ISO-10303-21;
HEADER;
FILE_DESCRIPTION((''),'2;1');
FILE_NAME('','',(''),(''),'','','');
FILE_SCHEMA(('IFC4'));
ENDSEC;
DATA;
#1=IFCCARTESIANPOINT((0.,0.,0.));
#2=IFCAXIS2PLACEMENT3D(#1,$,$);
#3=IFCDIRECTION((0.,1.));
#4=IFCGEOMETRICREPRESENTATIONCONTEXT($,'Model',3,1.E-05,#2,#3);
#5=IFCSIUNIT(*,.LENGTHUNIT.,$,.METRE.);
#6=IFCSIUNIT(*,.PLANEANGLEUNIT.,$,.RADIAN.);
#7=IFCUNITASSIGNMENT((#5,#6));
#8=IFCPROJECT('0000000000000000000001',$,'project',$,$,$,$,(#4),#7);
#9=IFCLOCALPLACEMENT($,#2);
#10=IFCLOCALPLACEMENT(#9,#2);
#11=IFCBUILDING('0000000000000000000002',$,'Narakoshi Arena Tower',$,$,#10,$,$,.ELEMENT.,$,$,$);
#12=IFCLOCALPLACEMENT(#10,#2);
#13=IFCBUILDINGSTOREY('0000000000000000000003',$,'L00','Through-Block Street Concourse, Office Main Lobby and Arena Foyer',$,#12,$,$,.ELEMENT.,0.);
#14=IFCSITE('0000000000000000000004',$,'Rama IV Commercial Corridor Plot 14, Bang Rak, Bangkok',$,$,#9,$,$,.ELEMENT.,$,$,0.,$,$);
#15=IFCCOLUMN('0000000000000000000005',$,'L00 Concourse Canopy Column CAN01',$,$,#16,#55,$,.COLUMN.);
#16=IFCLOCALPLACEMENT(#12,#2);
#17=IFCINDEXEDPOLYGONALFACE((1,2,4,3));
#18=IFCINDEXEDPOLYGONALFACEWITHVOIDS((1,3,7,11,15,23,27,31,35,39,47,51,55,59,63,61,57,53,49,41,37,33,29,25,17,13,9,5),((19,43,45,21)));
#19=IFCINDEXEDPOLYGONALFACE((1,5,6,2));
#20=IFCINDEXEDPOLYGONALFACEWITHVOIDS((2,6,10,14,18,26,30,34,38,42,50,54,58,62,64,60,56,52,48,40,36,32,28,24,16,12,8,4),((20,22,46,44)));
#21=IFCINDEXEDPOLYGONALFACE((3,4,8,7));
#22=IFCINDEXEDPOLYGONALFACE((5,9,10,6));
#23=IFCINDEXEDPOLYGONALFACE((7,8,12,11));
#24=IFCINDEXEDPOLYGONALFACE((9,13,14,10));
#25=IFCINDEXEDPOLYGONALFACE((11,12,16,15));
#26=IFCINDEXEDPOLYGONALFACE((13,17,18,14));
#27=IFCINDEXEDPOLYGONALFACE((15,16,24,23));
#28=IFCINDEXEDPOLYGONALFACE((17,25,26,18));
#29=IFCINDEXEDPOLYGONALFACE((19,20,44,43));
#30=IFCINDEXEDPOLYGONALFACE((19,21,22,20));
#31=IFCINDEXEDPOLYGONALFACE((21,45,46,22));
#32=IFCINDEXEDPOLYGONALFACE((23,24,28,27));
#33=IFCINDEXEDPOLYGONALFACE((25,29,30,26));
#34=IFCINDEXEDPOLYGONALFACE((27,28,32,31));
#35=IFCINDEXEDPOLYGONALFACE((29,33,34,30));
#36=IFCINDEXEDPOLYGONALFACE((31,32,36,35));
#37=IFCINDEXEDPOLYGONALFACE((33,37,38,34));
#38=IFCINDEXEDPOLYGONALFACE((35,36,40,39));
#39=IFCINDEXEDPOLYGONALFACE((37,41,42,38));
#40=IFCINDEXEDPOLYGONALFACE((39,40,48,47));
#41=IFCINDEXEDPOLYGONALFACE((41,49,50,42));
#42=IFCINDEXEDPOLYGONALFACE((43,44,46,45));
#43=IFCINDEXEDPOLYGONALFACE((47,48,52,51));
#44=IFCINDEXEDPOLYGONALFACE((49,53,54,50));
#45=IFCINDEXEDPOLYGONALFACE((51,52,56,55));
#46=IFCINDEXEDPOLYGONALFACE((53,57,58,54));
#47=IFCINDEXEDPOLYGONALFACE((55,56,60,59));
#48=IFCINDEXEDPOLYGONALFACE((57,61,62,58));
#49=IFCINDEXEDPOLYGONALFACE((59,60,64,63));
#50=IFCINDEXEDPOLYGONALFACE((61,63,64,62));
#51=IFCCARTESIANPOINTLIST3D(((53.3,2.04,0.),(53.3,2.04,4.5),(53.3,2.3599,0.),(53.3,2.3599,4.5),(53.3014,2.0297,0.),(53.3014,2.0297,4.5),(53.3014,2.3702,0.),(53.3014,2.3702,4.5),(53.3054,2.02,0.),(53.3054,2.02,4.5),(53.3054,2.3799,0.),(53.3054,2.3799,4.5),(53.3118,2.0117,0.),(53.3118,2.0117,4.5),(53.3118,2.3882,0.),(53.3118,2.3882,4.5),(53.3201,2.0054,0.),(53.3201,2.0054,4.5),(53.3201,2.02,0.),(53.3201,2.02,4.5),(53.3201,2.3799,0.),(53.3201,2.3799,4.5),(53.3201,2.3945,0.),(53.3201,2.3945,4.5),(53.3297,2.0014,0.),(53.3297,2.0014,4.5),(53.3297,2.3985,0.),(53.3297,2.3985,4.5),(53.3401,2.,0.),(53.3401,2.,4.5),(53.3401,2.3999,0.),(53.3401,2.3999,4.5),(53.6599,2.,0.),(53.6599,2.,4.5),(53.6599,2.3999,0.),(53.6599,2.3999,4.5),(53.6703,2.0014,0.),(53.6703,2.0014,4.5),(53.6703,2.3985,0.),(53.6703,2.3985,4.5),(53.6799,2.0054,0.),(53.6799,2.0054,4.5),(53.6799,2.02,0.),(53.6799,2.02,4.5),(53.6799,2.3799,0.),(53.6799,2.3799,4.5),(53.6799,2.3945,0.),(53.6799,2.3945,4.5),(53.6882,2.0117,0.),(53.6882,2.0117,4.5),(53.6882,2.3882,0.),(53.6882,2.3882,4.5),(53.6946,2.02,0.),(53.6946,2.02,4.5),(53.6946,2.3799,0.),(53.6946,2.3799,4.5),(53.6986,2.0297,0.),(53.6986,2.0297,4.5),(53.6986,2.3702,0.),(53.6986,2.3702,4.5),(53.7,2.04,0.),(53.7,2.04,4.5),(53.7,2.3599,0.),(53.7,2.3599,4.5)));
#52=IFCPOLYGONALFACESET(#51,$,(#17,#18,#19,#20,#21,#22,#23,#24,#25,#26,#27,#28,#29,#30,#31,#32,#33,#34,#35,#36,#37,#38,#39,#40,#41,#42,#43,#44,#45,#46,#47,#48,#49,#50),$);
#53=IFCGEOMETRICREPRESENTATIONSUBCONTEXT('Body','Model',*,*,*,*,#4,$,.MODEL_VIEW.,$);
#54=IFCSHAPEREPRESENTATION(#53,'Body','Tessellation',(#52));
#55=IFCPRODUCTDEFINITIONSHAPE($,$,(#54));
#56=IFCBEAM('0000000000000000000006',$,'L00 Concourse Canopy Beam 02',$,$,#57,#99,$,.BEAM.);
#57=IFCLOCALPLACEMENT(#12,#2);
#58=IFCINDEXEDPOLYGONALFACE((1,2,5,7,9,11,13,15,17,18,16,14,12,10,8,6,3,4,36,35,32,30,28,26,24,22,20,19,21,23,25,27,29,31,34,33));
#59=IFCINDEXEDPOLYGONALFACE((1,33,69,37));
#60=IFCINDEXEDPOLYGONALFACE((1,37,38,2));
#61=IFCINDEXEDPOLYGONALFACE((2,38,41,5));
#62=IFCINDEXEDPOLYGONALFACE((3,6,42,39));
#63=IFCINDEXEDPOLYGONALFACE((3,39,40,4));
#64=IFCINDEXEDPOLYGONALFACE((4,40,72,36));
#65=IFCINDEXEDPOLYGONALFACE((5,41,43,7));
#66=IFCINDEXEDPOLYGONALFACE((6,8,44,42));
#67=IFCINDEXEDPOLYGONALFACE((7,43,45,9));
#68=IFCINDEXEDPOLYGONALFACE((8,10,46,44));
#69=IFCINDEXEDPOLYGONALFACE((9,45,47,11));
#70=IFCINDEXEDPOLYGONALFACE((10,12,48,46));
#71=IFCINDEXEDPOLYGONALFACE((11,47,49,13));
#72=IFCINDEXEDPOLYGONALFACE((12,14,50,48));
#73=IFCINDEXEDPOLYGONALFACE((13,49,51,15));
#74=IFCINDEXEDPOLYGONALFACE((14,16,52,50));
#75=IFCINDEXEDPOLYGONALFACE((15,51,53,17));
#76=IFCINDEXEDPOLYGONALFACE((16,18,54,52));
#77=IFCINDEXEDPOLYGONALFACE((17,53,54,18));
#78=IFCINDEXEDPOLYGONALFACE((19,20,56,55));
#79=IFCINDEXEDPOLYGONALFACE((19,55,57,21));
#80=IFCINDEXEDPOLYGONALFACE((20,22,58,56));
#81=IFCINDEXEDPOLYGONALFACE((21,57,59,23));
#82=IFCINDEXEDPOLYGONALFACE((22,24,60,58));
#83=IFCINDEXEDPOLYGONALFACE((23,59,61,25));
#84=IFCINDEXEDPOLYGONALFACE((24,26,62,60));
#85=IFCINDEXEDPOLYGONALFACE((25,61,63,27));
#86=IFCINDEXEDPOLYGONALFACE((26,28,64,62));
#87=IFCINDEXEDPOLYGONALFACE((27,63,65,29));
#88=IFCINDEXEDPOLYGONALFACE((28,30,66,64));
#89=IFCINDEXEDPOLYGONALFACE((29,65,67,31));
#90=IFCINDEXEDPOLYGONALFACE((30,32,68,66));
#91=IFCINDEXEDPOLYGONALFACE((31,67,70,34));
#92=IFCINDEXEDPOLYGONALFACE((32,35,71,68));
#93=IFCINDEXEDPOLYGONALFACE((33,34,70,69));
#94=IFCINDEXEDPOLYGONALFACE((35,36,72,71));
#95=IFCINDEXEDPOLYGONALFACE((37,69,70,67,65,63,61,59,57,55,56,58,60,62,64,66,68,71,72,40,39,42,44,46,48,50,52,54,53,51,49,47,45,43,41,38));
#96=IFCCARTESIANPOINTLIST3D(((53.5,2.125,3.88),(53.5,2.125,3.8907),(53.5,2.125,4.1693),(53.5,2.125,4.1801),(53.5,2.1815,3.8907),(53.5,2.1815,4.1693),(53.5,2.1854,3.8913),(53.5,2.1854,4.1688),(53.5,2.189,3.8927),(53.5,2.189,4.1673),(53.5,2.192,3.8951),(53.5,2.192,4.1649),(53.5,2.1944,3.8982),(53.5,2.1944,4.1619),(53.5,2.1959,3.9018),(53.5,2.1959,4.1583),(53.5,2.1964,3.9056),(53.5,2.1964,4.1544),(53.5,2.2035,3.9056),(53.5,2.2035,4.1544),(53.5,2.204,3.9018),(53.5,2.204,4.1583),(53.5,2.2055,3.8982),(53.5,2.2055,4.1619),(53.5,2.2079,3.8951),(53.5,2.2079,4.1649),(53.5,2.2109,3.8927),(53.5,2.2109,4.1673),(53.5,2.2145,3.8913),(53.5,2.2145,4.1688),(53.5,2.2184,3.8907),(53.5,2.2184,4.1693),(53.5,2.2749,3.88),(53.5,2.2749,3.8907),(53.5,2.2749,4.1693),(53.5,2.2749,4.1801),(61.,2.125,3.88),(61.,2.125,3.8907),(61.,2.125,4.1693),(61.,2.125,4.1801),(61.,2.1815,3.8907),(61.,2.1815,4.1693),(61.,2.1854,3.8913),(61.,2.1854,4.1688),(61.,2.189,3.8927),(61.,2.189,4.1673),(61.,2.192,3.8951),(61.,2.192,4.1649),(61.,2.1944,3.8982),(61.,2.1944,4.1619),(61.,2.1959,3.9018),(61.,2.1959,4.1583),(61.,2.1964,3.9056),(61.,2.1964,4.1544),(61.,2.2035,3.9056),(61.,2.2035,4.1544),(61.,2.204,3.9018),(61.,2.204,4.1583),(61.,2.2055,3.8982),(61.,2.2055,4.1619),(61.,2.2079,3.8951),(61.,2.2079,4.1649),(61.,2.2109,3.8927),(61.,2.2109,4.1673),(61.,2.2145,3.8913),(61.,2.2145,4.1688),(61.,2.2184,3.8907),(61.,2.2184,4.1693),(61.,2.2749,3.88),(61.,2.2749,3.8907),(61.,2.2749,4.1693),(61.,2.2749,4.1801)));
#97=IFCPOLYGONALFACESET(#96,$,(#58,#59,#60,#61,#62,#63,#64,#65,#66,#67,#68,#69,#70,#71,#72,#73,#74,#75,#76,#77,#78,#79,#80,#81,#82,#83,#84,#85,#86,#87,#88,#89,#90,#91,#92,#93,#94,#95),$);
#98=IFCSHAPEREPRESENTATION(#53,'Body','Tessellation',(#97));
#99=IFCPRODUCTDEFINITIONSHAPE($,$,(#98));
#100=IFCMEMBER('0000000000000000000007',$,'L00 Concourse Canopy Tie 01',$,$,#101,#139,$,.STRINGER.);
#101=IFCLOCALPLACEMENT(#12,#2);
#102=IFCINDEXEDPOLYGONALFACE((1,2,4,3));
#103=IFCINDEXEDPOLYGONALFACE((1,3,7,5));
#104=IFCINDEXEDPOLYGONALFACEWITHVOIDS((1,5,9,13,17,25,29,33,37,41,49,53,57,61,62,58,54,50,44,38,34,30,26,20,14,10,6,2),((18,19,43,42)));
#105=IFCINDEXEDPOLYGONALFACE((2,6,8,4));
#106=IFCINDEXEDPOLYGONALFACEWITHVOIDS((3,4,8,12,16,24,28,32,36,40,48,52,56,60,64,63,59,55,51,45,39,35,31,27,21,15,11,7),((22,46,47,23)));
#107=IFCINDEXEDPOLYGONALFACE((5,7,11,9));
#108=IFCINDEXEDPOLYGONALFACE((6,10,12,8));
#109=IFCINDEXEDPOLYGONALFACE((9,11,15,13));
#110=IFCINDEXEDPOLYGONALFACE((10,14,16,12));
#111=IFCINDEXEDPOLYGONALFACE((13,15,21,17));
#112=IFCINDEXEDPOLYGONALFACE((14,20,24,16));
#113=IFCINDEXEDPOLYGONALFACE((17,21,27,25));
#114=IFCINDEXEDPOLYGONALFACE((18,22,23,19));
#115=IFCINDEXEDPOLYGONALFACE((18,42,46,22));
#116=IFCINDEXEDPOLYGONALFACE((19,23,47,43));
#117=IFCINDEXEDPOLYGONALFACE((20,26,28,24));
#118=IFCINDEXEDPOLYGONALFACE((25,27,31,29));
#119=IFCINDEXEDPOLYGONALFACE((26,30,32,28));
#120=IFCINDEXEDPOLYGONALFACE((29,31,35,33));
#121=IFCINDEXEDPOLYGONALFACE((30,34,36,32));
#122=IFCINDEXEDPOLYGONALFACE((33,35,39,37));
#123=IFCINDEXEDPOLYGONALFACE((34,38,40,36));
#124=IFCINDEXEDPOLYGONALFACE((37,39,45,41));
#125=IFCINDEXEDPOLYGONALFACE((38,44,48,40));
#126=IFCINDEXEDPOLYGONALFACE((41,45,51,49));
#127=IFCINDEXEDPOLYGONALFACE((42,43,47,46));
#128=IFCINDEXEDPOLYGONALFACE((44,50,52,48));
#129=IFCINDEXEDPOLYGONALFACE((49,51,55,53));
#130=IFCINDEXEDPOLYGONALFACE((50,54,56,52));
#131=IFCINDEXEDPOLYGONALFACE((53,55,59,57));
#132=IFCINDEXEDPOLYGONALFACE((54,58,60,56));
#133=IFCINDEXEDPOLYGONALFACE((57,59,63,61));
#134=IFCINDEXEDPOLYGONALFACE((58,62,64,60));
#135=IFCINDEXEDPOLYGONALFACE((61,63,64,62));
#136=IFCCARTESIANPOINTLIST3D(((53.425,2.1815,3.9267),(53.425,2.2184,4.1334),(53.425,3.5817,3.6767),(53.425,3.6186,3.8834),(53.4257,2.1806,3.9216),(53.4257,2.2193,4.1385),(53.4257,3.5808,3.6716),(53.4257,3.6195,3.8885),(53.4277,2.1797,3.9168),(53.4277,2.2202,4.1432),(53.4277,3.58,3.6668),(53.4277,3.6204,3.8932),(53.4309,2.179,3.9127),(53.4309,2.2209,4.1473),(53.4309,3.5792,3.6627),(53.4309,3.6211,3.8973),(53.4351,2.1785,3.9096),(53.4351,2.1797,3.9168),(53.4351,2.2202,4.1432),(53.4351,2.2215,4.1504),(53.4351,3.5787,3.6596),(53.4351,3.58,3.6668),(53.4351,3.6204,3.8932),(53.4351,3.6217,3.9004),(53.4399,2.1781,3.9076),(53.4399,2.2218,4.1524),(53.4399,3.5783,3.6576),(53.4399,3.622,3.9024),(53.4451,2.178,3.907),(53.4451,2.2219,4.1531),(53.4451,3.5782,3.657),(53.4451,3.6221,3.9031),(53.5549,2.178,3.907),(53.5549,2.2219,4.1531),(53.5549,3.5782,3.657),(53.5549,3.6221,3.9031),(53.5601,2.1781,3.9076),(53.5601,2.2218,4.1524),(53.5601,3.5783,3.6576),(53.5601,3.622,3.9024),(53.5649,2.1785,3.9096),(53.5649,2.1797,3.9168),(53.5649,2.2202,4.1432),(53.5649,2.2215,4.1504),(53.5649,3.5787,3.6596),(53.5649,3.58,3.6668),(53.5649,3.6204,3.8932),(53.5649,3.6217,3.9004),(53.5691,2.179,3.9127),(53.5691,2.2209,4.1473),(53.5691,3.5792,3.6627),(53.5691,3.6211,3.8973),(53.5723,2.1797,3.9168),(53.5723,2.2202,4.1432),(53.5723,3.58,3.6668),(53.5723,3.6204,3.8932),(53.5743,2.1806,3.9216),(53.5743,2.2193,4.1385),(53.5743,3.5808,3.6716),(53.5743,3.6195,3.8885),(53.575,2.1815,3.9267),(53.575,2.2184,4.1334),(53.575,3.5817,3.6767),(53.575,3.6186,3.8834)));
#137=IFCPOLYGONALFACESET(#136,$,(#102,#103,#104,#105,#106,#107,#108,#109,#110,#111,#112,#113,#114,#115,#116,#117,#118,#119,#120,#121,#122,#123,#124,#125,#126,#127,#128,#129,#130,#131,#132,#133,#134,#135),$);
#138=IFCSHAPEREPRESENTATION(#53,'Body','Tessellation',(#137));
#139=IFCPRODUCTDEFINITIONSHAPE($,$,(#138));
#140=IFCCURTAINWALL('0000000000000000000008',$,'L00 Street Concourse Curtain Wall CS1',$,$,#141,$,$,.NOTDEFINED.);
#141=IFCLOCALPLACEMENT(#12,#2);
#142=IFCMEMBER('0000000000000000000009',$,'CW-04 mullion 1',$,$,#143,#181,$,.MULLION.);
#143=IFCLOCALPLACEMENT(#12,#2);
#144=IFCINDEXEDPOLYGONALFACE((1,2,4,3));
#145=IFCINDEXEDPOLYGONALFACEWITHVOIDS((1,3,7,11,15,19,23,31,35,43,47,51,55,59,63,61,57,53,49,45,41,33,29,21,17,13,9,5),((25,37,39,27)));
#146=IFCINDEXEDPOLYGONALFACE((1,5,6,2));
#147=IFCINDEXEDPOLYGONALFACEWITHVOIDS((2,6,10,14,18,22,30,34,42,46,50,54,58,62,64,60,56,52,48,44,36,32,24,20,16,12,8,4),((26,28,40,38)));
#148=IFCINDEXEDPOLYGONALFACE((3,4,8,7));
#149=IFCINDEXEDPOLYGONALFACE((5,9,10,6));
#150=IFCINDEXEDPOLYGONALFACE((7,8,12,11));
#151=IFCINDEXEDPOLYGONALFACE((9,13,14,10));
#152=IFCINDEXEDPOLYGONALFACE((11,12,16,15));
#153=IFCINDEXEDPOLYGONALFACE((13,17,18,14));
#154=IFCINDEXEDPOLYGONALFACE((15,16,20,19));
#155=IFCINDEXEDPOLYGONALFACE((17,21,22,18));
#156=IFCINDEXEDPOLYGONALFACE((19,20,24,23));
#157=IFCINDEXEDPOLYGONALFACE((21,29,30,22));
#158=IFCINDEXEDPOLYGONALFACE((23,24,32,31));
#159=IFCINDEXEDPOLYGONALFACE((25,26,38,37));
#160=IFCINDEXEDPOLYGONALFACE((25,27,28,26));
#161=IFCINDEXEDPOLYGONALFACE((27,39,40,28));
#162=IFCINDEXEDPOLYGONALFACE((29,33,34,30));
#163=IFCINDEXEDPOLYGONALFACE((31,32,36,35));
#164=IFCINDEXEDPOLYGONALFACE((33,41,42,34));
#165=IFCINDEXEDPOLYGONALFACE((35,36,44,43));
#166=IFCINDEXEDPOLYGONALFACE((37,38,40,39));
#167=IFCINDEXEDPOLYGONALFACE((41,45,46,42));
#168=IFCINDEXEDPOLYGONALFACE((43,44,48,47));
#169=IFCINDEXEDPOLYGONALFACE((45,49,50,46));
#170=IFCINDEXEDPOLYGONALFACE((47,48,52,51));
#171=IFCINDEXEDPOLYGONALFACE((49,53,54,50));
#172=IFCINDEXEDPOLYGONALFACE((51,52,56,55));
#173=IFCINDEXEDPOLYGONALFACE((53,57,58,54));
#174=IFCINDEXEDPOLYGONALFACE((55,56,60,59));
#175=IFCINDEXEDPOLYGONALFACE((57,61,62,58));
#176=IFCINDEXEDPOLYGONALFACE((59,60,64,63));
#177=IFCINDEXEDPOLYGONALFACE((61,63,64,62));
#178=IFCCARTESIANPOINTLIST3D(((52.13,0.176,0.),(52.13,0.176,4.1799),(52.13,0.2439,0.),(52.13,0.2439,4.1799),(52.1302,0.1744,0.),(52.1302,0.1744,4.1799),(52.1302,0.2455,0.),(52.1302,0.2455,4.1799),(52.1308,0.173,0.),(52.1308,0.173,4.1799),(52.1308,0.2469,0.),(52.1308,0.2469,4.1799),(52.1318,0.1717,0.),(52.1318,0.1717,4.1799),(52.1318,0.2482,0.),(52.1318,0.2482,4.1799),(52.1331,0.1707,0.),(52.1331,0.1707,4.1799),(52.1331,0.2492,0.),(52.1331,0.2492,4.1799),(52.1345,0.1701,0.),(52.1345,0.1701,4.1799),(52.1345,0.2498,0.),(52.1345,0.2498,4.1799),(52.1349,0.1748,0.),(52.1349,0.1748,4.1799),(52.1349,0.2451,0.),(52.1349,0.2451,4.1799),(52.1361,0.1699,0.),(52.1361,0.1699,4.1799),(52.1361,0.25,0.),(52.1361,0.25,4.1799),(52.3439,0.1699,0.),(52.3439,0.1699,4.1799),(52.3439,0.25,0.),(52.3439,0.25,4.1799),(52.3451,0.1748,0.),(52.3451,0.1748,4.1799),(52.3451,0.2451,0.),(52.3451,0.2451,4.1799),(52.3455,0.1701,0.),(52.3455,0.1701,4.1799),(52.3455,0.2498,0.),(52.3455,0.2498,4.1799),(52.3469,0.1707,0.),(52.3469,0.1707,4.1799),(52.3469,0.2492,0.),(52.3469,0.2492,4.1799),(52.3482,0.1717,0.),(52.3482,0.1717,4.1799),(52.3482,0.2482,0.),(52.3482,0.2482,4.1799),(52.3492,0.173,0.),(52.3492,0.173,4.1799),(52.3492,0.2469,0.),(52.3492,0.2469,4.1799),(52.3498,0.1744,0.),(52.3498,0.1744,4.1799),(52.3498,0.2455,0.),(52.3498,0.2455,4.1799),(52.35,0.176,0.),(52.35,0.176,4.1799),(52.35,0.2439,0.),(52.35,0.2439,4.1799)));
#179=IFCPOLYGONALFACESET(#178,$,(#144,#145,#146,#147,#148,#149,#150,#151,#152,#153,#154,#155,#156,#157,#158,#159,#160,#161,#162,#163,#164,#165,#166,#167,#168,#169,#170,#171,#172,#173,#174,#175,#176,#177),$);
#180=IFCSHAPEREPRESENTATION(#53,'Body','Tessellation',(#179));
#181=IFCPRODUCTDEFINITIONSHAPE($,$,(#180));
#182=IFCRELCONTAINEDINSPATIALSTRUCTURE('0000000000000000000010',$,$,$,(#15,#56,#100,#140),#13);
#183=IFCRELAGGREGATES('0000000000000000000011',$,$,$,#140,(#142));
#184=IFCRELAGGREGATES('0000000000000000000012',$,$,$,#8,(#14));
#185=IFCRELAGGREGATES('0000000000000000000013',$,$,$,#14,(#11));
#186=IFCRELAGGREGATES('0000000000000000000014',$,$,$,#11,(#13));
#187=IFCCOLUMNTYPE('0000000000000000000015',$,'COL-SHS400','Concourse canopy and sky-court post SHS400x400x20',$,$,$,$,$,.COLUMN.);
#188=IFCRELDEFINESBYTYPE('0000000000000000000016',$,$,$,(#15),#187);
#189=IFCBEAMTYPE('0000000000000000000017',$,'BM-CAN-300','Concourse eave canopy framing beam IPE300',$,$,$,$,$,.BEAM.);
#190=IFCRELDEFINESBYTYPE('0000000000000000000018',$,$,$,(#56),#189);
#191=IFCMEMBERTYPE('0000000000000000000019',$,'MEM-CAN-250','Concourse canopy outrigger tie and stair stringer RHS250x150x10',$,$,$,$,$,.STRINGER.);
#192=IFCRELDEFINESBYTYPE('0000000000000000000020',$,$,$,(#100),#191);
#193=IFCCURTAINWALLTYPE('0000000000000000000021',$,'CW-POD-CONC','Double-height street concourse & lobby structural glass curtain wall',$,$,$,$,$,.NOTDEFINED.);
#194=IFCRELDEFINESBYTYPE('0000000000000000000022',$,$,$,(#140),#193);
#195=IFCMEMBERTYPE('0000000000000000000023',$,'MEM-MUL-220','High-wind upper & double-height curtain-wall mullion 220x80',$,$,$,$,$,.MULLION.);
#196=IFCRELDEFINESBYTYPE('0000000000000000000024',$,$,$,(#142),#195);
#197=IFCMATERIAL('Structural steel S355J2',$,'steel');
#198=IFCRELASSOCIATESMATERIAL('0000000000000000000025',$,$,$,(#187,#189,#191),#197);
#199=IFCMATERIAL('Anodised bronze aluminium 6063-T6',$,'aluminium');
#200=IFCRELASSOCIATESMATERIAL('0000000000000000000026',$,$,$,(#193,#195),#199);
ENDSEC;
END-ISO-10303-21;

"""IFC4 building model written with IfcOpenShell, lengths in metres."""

from ifc_helpers import new_model, si_unit, direction, frame, origin, origin_2d, place, context, subcontext, project, spatial, hollow_rectangle, i_section, extrude, material, material_profile, profile_set, type_object, element, aggregate, save


model = new_model("IFC4")

# Units and contexts
model_context = context("Model", 3, precision=1e-05, world=origin(), true_north=direction((0.0, 1.0)))
body_context = subcontext(model_context, "Body", "Model", "MODEL_VIEW")
ifc_project = project(units=[si_unit("LENGTHUNIT", "METRE"), si_unit("PLANEANGLEUNIT", "RADIAN")], contexts=[model_context])

# Site, building, storey
site_placement = place(None, origin())
site = spatial("IfcSite", under=ifc_project, at=site_placement, Name="Rama IV Commercial Corridor Plot 14, Bang Rak, Bangkok", CompositionType="ELEMENT", RefElevation=0.0)
building_placement = place(site_placement, origin())
building = spatial("IfcBuilding", under=site, at=building_placement, Name="Narakoshi Arena Tower", CompositionType="ELEMENT")
storey_placement = place(building_placement, origin())
storey = spatial("IfcBuildingStorey", under=building, at=storey_placement, Name="L00", Description="Through-Block Street Concourse, Office Main Lobby and Arena Foyer", CompositionType="ELEMENT", Elevation=0.0)

# Column
ifc_material_1 = material(Name="Structural steel S355J2", Category="steel")
ifc_material_profile_1 = material_profile(ifc_material_1, hollow_rectangle(XDim=0.3999, YDim=0.3999, WallThickness=0.02, OuterFilletRadius=0.04, at=origin_2d()), Name="SHS400x400x20")
ifc_profile_set_1 = profile_set([ifc_material_profile_1], Name="Structural steel S355J2")
column_type = type_object("IfcColumnType", Name="COL-SHS400", Description="Concourse canopy and sky-court post SHS400x400x20", PredefinedType="COLUMN", material=ifc_profile_set_1)
column_placement = place(storey_placement, frame((53.5, 2.2, 0.0), z_axis=(0.0, 0.0, 1.0), x_axis=(1.0, 0.0, 0.0)))
element("IfcColumn", 1, at=column_placement, inside=storey, type_object=column_type, Name="L00 Concourse Canopy Column CAN01", PredefinedType="COLUMN", context=body_context, shape_type="SweptSolid", body=[
    extrude(hollow_rectangle(XDim=0.3999, YDim=0.3999, WallThickness=0.02, OuterFilletRadius=0.04, at=origin_2d()), origin(), (0.0, 0.0, 1.0), 4.5),
])

# Beam
ifc_material_profile_2 = material_profile(ifc_material_1, i_section(OverallWidth=0.1499, OverallDepth=0.3, WebThickness=0.0071, FlangeThickness=0.0107, FilletRadius=0.0149, at=origin_2d()), Name="IPE300")
ifc_profile_set_2 = profile_set([ifc_material_profile_2], Name="Structural steel S355J2")
beam_type = type_object("IfcBeamType", Name="BM-CAN-300", Description="Concourse eave canopy framing beam IPE300", PredefinedType="BEAM", material=ifc_profile_set_2)
beam_placement = place(storey_placement, frame((53.5, 2.2, 4.03), z_axis=(1.0, 0.0, 0.0), x_axis=(0.0, 1.0, 0.0)))
element("IfcBeam", 2, at=beam_placement, inside=storey, type_object=beam_type, Name="L00 Concourse Canopy Beam 02", PredefinedType="BEAM", context=body_context, shape_type="SweptSolid", body=[
    extrude(i_section(OverallWidth=0.1499, OverallDepth=0.3, WebThickness=0.0071, FlangeThickness=0.0107, FilletRadius=0.0149, at=origin_2d()), origin(), (0.0, 0.0, 1.0), 7.5),
])

# Member
ifc_material_profile_3 = material_profile(ifc_material_1, hollow_rectangle(XDim=0.1499, YDim=0.25, WallThickness=0.01, OuterFilletRadius=0.02, at=origin_2d()), Name="RHS250x150x10")
ifc_profile_set_3 = profile_set([ifc_material_profile_3], Name="Structural steel S355J2")
member_type_1 = type_object("IfcMemberType", Name="MEM-CAN-250", Description="Concourse canopy outrigger tie and stair stringer RHS250x150x10", PredefinedType="STRINGER", material=ifc_profile_set_3)
member_1_placement = place(storey_placement, frame((53.5, 2.2, 4.03), z_axis=(0.0, 0.984431, -0.175773), x_axis=(-1.0, 0.0, 0.0)))
element("IfcMember", 3, at=member_1_placement, inside=storey, type_object=member_type_1, Name="L00 Concourse Canopy Tie 01", PredefinedType="STRINGER", context=body_context, shape_type="SweptSolid", body=[
    extrude(hollow_rectangle(XDim=0.1499, YDim=0.25, WallThickness=0.01, OuterFilletRadius=0.02, at=origin_2d()), origin(), (0.0, 0.0, 1.0), 1.4224),
])

# Curtain wall, member
ifc_material_2 = material(Name="Anodised bronze aluminium 6063-T6", Category="aluminium")
curtain_wall_type = type_object("IfcCurtainWallType", Name="CW-POD-CONC", Description="Double-height street concourse & lobby structural glass curtain wall", PredefinedType="NOTDEFINED", material=ifc_material_2)
curtain_wall_placement = place(storey_placement, origin())
curtain_wall = element("IfcCurtainWall", 4, at=curtain_wall_placement, inside=storey, type_object=curtain_wall_type, Name="L00 Street Concourse Curtain Wall CS1", PredefinedType="NOTDEFINED")
ifc_material_profile_4 = material_profile(ifc_material_2, hollow_rectangle(XDim=0.0801, YDim=0.22, WallThickness=0.0049, OuterFilletRadius=0.0061, at=origin_2d()), Name="MUL220x80x5")
ifc_profile_set_4 = profile_set([ifc_material_profile_4], Name="Anodised bronze aluminium 6063-T6")
member_type_2 = type_object("IfcMemberType", Name="MEM-MUL-220", Description="High-wind upper & double-height curtain-wall mullion 220x80", PredefinedType="MULLION", material=ifc_profile_set_4)
member_2_placement = place(storey_placement, frame((52.24, 0.21, 0.0), z_axis=(0.0, 0.0, 1.0), x_axis=(0.0, 1.0, 0.0)))
member_2 = element("IfcMember", 5, at=member_2_placement, type_object=member_type_2, Name="CW-04 mullion 1", PredefinedType="MULLION", context=body_context, shape_type="SweptSolid", body=[
    extrude(hollow_rectangle(XDim=0.0801, YDim=0.22, WallThickness=0.0049, OuterFilletRadius=0.0061, at=origin_2d()), origin(), (0.0, 0.0, 1.0), 4.1799),
])
aggregate(curtain_wall, [member_2])

save(model, "model.ifc")
